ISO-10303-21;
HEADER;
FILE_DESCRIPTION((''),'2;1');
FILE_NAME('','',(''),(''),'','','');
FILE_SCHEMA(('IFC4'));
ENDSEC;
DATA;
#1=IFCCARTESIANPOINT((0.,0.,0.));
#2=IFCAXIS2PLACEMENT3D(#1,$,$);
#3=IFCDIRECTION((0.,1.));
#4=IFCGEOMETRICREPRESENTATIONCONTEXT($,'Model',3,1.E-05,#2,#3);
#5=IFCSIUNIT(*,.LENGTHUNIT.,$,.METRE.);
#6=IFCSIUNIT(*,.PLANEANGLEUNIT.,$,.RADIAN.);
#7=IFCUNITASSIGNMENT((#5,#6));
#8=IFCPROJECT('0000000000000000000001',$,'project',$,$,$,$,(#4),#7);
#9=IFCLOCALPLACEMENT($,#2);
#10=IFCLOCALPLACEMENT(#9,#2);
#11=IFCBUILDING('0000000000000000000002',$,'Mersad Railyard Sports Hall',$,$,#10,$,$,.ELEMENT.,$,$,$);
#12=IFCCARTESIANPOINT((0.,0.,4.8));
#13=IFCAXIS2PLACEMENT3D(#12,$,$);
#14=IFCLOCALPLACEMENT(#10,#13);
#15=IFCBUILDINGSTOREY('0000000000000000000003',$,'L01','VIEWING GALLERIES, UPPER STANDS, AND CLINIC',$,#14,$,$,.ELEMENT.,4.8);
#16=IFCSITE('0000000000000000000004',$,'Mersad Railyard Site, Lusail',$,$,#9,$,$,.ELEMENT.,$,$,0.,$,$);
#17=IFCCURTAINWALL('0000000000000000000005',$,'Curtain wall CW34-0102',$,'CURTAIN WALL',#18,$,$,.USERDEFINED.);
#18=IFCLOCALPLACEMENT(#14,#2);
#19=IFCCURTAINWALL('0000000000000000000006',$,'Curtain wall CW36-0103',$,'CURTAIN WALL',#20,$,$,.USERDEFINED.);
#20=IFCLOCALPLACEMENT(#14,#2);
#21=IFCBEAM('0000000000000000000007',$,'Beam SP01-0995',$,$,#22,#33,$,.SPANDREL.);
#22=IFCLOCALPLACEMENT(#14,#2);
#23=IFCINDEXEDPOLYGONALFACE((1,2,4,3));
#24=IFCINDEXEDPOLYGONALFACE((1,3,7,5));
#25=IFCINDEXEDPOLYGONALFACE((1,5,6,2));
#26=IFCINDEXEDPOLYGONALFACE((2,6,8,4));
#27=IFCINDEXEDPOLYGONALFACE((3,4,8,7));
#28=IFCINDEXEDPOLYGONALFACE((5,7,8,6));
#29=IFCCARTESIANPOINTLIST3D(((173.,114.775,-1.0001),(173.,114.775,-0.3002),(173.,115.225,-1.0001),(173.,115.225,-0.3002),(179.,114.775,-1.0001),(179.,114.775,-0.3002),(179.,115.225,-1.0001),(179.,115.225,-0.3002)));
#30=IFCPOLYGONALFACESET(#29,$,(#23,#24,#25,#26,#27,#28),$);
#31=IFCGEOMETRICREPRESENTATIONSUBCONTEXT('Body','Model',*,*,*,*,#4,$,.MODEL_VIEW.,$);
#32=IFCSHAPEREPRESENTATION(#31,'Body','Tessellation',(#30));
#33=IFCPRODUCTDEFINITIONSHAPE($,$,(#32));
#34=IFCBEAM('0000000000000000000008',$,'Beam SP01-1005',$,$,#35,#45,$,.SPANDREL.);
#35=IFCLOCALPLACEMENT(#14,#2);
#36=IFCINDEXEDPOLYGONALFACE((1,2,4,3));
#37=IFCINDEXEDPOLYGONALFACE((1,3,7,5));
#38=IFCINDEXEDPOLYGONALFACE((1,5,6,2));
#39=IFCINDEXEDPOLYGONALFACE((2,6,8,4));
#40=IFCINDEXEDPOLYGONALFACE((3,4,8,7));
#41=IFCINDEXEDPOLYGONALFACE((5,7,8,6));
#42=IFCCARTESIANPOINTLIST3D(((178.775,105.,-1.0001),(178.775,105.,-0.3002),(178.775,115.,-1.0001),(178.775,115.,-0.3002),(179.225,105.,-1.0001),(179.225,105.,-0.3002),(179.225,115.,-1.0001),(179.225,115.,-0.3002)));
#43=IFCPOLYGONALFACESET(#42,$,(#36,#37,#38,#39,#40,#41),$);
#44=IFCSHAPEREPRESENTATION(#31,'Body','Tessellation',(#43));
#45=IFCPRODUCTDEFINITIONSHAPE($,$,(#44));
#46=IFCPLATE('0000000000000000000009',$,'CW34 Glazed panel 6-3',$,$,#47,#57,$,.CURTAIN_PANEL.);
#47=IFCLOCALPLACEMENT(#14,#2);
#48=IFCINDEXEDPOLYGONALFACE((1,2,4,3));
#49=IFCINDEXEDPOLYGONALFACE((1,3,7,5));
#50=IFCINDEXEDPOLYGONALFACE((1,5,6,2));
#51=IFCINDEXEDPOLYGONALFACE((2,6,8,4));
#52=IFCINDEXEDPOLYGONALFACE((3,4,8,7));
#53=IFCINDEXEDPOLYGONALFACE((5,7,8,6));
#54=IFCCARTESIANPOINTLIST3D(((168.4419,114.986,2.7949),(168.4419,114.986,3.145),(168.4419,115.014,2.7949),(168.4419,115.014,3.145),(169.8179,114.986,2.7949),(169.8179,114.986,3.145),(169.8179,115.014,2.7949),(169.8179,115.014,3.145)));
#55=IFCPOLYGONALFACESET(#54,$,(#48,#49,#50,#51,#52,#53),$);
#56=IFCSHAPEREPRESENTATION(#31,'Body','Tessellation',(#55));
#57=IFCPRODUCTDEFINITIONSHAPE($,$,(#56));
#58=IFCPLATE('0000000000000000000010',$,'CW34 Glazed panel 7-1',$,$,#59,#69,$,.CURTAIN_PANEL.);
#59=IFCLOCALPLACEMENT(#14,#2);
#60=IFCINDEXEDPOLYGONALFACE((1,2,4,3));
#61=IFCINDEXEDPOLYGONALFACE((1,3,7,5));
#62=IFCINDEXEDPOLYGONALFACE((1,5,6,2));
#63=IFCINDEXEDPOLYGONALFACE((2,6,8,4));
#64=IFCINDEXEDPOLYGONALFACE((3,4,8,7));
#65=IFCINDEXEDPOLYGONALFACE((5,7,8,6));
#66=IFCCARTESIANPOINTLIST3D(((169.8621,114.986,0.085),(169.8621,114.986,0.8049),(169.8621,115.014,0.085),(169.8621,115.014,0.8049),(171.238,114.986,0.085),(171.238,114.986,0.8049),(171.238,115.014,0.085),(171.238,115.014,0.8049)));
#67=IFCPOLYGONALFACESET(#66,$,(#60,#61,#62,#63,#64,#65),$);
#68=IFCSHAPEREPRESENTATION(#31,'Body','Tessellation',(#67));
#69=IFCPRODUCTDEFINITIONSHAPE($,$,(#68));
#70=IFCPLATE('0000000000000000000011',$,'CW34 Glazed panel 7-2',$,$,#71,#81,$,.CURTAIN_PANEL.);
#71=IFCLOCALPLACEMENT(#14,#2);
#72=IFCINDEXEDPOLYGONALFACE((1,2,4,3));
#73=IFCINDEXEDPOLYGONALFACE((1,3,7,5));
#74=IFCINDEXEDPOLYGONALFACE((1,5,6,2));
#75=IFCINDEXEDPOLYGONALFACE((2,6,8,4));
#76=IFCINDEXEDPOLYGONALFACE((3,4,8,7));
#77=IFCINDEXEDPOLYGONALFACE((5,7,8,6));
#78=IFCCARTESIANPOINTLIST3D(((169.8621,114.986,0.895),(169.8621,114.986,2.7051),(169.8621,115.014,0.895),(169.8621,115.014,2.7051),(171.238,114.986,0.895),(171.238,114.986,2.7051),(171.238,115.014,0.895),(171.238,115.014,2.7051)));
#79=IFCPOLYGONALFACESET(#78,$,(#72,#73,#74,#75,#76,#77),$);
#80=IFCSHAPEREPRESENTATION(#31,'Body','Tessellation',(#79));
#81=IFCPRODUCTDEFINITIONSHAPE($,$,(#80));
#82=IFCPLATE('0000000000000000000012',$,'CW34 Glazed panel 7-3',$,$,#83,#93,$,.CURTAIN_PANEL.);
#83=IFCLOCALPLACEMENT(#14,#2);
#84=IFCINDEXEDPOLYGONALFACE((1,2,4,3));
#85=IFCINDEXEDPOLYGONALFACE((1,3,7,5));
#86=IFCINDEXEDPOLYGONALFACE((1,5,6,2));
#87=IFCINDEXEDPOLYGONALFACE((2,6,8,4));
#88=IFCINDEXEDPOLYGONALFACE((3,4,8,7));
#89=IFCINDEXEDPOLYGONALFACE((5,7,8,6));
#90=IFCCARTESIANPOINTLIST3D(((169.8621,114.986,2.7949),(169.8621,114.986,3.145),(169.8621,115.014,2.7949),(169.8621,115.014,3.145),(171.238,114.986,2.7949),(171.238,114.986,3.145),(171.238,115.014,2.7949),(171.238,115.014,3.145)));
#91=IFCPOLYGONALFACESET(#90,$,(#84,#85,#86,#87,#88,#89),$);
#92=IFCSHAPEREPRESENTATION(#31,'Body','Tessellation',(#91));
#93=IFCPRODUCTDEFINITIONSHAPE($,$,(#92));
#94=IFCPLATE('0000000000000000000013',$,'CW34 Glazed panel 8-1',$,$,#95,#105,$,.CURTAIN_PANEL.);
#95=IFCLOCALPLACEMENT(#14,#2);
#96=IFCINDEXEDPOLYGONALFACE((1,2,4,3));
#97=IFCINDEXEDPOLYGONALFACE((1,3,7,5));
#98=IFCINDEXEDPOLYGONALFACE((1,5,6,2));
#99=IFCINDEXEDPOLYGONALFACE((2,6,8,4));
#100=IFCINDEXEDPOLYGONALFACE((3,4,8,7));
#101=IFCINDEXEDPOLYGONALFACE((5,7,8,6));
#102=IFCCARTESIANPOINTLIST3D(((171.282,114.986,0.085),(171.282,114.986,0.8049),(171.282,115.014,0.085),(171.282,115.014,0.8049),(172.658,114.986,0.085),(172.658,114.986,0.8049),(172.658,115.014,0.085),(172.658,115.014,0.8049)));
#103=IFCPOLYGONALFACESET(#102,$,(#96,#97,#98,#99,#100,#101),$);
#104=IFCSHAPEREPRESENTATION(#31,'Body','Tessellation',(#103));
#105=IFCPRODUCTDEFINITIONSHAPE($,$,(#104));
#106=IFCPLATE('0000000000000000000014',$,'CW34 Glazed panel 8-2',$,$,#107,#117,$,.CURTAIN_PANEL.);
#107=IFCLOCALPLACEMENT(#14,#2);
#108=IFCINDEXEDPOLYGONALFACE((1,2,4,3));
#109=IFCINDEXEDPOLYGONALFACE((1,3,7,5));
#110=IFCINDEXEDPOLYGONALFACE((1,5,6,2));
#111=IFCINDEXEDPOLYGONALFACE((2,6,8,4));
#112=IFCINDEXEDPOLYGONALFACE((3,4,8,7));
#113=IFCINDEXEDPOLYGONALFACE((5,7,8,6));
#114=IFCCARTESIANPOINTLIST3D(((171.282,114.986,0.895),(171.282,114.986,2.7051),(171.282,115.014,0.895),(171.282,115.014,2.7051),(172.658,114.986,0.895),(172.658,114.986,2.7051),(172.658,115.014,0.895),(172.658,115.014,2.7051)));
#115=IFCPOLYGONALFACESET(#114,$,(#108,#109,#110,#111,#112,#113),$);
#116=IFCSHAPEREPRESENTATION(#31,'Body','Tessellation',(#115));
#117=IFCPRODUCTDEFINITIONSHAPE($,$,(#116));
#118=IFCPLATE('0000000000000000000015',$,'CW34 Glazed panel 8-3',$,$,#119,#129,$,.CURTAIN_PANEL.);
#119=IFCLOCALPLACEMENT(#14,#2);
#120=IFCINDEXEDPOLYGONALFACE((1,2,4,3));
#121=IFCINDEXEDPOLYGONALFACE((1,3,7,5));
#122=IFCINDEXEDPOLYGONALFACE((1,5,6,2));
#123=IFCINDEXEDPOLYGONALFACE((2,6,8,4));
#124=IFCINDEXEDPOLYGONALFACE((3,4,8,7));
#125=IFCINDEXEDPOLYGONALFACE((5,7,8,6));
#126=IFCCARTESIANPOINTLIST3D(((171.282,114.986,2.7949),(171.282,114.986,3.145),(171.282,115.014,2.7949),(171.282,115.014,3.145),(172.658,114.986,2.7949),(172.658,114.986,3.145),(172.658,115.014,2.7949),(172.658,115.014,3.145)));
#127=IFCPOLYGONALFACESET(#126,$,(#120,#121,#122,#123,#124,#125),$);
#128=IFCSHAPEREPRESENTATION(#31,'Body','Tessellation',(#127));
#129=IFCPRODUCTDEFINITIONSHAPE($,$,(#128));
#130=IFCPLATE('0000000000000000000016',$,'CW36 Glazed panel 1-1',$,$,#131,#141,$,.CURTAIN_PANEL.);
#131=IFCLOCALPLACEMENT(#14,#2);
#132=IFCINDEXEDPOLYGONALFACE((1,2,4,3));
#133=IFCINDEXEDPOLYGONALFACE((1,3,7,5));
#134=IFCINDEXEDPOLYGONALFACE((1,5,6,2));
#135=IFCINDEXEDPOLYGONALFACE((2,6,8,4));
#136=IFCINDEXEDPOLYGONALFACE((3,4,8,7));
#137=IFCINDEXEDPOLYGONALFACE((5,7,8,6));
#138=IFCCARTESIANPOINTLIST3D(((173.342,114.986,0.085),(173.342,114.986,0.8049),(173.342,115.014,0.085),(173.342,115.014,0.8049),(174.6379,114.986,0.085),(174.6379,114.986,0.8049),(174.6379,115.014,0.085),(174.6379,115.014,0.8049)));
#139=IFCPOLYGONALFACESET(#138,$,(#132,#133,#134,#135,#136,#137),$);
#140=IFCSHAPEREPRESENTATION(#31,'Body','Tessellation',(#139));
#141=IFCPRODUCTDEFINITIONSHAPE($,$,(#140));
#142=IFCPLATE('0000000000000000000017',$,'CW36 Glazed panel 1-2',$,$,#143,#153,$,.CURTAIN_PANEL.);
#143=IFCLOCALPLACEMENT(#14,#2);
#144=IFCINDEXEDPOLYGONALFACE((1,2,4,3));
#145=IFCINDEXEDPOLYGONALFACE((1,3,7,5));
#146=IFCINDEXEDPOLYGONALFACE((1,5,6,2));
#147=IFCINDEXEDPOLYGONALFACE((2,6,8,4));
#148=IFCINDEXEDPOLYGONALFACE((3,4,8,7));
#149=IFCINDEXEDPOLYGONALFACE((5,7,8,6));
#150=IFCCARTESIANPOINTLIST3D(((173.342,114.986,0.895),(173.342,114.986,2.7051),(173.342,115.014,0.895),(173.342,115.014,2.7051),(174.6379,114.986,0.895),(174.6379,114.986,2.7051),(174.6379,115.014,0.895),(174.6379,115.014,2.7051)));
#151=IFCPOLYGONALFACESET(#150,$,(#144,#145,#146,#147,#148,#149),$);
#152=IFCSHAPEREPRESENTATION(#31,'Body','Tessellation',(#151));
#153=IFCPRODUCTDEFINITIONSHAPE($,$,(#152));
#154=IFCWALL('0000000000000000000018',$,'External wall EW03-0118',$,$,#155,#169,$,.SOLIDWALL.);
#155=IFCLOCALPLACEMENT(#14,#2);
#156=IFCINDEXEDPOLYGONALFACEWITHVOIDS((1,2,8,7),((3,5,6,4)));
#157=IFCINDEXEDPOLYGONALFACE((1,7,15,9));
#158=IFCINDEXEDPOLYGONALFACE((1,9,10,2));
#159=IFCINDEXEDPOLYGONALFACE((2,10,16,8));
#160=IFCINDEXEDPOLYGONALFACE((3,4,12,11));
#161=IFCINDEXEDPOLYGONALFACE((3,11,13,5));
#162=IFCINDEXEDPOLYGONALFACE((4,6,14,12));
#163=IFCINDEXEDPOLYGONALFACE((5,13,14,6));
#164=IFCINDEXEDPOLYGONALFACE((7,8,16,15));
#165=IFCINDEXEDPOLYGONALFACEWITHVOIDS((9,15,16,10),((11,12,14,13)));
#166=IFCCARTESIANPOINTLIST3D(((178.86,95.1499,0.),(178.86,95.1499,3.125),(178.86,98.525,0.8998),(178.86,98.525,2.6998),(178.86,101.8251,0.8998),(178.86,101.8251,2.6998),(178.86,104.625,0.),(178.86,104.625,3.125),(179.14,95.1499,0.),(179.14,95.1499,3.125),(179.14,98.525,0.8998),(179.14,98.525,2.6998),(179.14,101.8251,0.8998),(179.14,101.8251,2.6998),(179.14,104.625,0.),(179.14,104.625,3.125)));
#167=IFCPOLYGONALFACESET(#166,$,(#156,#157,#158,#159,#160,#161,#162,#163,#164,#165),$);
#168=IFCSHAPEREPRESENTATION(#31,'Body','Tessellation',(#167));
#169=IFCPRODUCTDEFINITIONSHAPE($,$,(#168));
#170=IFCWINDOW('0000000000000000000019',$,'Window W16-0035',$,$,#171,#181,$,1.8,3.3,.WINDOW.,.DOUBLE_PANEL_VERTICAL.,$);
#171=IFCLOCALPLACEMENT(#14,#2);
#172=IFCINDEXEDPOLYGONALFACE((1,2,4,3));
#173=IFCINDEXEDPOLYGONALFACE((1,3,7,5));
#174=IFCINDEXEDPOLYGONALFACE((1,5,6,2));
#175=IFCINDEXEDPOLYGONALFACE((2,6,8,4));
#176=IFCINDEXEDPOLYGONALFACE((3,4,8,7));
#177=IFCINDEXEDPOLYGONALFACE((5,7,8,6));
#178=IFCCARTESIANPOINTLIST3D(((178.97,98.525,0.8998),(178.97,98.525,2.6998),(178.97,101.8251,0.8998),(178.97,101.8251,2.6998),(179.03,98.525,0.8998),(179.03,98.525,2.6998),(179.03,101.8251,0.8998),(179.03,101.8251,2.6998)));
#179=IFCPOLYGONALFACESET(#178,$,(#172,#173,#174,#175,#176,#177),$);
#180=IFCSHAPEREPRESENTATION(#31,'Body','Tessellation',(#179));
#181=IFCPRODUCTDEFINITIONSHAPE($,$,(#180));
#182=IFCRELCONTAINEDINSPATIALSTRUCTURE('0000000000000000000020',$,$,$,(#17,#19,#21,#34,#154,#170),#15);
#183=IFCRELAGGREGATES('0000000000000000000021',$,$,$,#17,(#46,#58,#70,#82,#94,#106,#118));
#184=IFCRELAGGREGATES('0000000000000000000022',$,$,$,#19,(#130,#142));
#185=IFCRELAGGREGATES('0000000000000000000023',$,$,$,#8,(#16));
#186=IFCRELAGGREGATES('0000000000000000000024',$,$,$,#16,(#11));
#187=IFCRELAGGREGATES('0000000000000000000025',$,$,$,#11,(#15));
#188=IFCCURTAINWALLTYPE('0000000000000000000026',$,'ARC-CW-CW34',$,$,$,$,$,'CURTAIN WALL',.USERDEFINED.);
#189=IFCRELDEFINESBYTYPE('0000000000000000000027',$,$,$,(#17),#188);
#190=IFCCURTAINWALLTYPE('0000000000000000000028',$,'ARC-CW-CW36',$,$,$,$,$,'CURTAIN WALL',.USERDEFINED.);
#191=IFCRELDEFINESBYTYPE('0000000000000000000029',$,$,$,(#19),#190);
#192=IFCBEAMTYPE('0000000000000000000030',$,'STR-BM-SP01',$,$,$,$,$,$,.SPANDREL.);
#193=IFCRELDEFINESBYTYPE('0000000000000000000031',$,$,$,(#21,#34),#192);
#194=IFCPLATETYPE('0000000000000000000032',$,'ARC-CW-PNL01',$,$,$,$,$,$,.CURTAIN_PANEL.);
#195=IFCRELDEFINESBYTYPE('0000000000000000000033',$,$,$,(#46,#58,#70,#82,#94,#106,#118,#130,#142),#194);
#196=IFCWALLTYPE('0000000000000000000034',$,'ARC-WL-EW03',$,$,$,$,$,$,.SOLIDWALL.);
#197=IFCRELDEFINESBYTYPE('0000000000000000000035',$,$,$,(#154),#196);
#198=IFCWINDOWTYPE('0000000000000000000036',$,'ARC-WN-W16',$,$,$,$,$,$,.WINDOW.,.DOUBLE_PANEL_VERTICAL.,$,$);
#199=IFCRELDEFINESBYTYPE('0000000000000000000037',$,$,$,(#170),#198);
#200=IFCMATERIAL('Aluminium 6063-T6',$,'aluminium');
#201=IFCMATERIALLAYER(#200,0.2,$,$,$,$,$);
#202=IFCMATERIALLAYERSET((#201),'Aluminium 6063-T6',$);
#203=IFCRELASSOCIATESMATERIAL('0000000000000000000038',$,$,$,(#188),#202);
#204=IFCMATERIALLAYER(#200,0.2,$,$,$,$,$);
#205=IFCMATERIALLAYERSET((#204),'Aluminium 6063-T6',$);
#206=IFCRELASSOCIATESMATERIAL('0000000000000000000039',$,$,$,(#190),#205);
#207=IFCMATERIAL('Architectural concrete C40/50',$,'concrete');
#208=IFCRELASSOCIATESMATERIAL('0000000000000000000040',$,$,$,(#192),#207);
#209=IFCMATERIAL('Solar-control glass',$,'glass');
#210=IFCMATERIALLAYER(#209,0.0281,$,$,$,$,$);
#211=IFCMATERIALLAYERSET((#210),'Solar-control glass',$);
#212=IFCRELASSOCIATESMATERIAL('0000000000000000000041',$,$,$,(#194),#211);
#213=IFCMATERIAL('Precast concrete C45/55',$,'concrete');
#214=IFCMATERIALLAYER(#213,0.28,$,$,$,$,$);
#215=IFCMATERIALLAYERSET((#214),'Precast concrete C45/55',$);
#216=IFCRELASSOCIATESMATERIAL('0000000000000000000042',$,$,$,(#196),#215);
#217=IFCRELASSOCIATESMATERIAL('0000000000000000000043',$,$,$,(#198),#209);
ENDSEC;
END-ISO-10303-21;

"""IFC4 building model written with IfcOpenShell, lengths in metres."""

from ifc_helpers import new_model, si_unit, direction, frame, frame_2d, origin, origin_2d, place, context, subcontext, project, spatial, rectangle, extrude, material, layer, layer_set, material_profile, profile_set, type_object, element, fill, aggregate, save


model = new_model("IFC4")

# Units and contexts
model_context = context("Model", 3, precision=1e-05, world=origin(), true_north=direction((0.0, 1.0)))
body_context = subcontext(model_context, "Body", "Model", "MODEL_VIEW")
ifc_project = project(units=[si_unit("LENGTHUNIT", "METRE"), si_unit("PLANEANGLEUNIT", "RADIAN")], contexts=[model_context])

# Site, building, storey
site_placement = place(None, origin())
site = spatial("IfcSite", under=ifc_project, at=site_placement, Name="Mersad Railyard Site, Lusail", CompositionType="ELEMENT", RefElevation=0.0)
building_placement = place(site_placement, origin())
building = spatial("IfcBuilding", under=site, at=building_placement, Name="Mersad Railyard Sports Hall", CompositionType="ELEMENT")
storey_placement = place(building_placement, frame((0.0, 0.0, 4.8)))
storey = spatial("IfcBuildingStorey", under=building, at=storey_placement, Name="L01", Description="VIEWING GALLERIES, UPPER STANDS, AND CLINIC", CompositionType="ELEMENT", Elevation=4.8)

# Curtain wall
ifc_material_1 = material(Name="Aluminium 6063-T6", Category="aluminium")
ifc_layer_1 = layer(ifc_material_1, 0.2)
ifc_layer_set_1 = layer_set([ifc_layer_1], Name="Aluminium 6063-T6")
curtain_wall_type_1 = type_object("IfcCurtainWallType", Name="ARC-CW-CW34", ElementType="CURTAIN WALL", PredefinedType="USERDEFINED", material=ifc_layer_set_1)
curtain_wall_1_placement = place(storey_placement, origin())
curtain_wall_1 = element("IfcCurtainWall", 1, at=curtain_wall_1_placement, inside=storey, type_object=curtain_wall_type_1, Name="Curtain wall CW34-0102", ObjectType="CURTAIN WALL", PredefinedType="USERDEFINED")

# Curtain wall
ifc_layer_2 = layer(ifc_material_1, 0.2)
ifc_layer_set_2 = layer_set([ifc_layer_2], Name="Aluminium 6063-T6")
curtain_wall_type_2 = type_object("IfcCurtainWallType", Name="ARC-CW-CW36", ElementType="CURTAIN WALL", PredefinedType="USERDEFINED", material=ifc_layer_set_2)
curtain_wall_2_placement = place(storey_placement, origin())
curtain_wall_2 = element("IfcCurtainWall", 2, at=curtain_wall_2_placement, inside=storey, type_object=curtain_wall_type_2, Name="Curtain wall CW36-0103", ObjectType="CURTAIN WALL", PredefinedType="USERDEFINED")

# Beams
ifc_material_2 = material(Name="Architectural concrete C40/50", Category="concrete")
ifc_material_profile_1 = material_profile(ifc_material_2, rectangle(XDim=0.45, YDim=0.7, at=origin_2d()), Name="RC 450x700")
ifc_profile_set_1 = profile_set([ifc_material_profile_1], Name="Architectural concrete C40/50")
beam_type_1 = type_object("IfcBeamType", Name="STR-BM-SP01", PredefinedType="SPANDREL", material=ifc_profile_set_1)
beam_1_placement = place(storey_placement, frame((173.0, 115.0, -0.6501), z_axis=(1.0, 0.0, 0.0), x_axis=(0.0, 1.0, 0.0)))
element("IfcBeam", 3, at=beam_1_placement, inside=storey, type_object=beam_type_1, Name="Beam SP01-0995", PredefinedType="SPANDREL", context=body_context, shape_type="SweptSolid", body=[
    extrude(rectangle(XDim=0.45, YDim=0.7, at=origin_2d()), origin(), (0.0, 0.0, 1.0), 6.0),
])
beam_2_placement = place(storey_placement, frame((179.0, 105.0, -0.6501), z_axis=(0.0, 1.0, 0.0), x_axis=(-1.0, 0.0, 0.0)))
element("IfcBeam", 4, at=beam_2_placement, inside=storey, type_object=beam_type_1, Name="Beam SP01-1005", PredefinedType="SPANDREL", context=body_context, shape_type="SweptSolid", body=[
    extrude(rectangle(XDim=0.45, YDim=0.7, at=origin_2d()), origin(), (0.0, 0.0, 1.0), 10.0),
])

# Plates
ifc_material_3 = material(Name="Solar-control glass", Category="glass")
ifc_layer_3 = layer(ifc_material_3, 0.0281)
ifc_layer_set_3 = layer_set([ifc_layer_3], Name="Solar-control glass")
plate_type = type_object("IfcPlateType", Name="ARC-CW-PNL01", PredefinedType="CURTAIN_PANEL", material=ifc_layer_set_3)
plate_1_placement = place(storey_placement, frame((169.1299, 115.0, 2.7949), z_axis=(0.0, 0.0, 1.0), x_axis=(1.0, 0.0, 0.0)))
plate_1 = element("IfcPlate", 5, at=plate_1_placement, type_object=plate_type, Name="CW34 Glazed panel 6-3", PredefinedType="CURTAIN_PANEL", context=body_context, shape_type="SweptSolid", body=[
    extrude(rectangle(XDim=1.376, YDim=0.0281, at=origin_2d()), origin(), (0.0, 0.0, 1.0), 0.3501),
])
plate_2_placement = place(storey_placement, frame((170.55, 115.0, 0.085), z_axis=(0.0, 0.0, 1.0), x_axis=(1.0, 0.0, 0.0)))
plate_2 = element("IfcPlate", 6, at=plate_2_placement, type_object=plate_type, Name="CW34 Glazed panel 7-1", PredefinedType="CURTAIN_PANEL", context=body_context, shape_type="SweptSolid", body=[
    extrude(rectangle(XDim=1.376, YDim=0.0281, at=origin_2d()), origin(), (0.0, 0.0, 1.0), 0.72),
])
plate_3_placement = place(storey_placement, frame((170.55, 115.0, 0.895), z_axis=(0.0, 0.0, 1.0), x_axis=(1.0, 0.0, 0.0)))
plate_3 = element("IfcPlate", 7, at=plate_3_placement, type_object=plate_type, Name="CW34 Glazed panel 7-2", PredefinedType="CURTAIN_PANEL", context=body_context, shape_type="SweptSolid", body=[
    extrude(rectangle(XDim=1.376, YDim=0.0281, at=origin_2d()), origin(), (0.0, 0.0, 1.0), 1.8101),
])
plate_4_placement = place(storey_placement, frame((170.55, 115.0, 2.7949), z_axis=(0.0, 0.0, 1.0), x_axis=(1.0, 0.0, 0.0)))
plate_4 = element("IfcPlate", 8, at=plate_4_placement, type_object=plate_type, Name="CW34 Glazed panel 7-3", PredefinedType="CURTAIN_PANEL", context=body_context, shape_type="SweptSolid", body=[
    extrude(rectangle(XDim=1.376, YDim=0.0281, at=origin_2d()), origin(), (0.0, 0.0, 1.0), 0.3501),
])
plate_5_placement = place(storey_placement, frame((171.97, 115.0, 0.085), z_axis=(0.0, 0.0, 1.0), x_axis=(1.0, 0.0, 0.0)))
plate_5 = element("IfcPlate", 9, at=plate_5_placement, type_object=plate_type, Name="CW34 Glazed panel 8-1", PredefinedType="CURTAIN_PANEL", context=body_context, shape_type="SweptSolid", body=[
    extrude(rectangle(XDim=1.376, YDim=0.0281, at=origin_2d()), origin(), (0.0, 0.0, 1.0), 0.72),
])
plate_6_placement = place(storey_placement, frame((171.97, 115.0, 0.895), z_axis=(0.0, 0.0, 1.0), x_axis=(1.0, 0.0, 0.0)))
plate_6 = element("IfcPlate", 10, at=plate_6_placement, type_object=plate_type, Name="CW34 Glazed panel 8-2", PredefinedType="CURTAIN_PANEL", context=body_context, shape_type="SweptSolid", body=[
    extrude(rectangle(XDim=1.376, YDim=0.0281, at=origin_2d()), origin(), (0.0, 0.0, 1.0), 1.8101),
])
plate_7_placement = place(storey_placement, frame((171.97, 115.0, 2.7949), z_axis=(0.0, 0.0, 1.0), x_axis=(1.0, 0.0, 0.0)))
plate_7 = element("IfcPlate", 11, at=plate_7_placement, type_object=plate_type, Name="CW34 Glazed panel 8-3", PredefinedType="CURTAIN_PANEL", context=body_context, shape_type="SweptSolid", body=[
    extrude(rectangle(XDim=1.376, YDim=0.0281, at=origin_2d()), origin(), (0.0, 0.0, 1.0), 0.3501),
])
aggregate(curtain_wall_1, [plate_1, plate_2, plate_3, plate_4, plate_5, plate_6, plate_7])
plate_8_placement = place(storey_placement, frame((173.99, 115.0, 0.085), z_axis=(0.0, 0.0, 1.0), x_axis=(1.0, 0.0, 0.0)))
plate_8 = element("IfcPlate", 12, at=plate_8_placement, type_object=plate_type, Name="CW36 Glazed panel 1-1", PredefinedType="CURTAIN_PANEL", context=body_context, shape_type="SweptSolid", body=[
    extrude(rectangle(XDim=1.2959, YDim=0.0281, at=origin_2d()), origin(), (0.0, 0.0, 1.0), 0.72),
])
plate_9_placement = place(storey_placement, frame((173.99, 115.0, 0.895), z_axis=(0.0, 0.0, 1.0), x_axis=(1.0, 0.0, 0.0)))
plate_9 = element("IfcPlate", 13, at=plate_9_placement, type_object=plate_type, Name="CW36 Glazed panel 1-2", PredefinedType="CURTAIN_PANEL", context=body_context, shape_type="SweptSolid", body=[
    extrude(rectangle(XDim=1.2959, YDim=0.0281, at=origin_2d()), origin(), (0.0, 0.0, 1.0), 1.8101),
])
aggregate(curtain_wall_2, [plate_8, plate_9])

# Wall, opening, window
ifc_material_4 = material(Name="Precast concrete C45/55", Category="concrete")
ifc_layer_4 = layer(ifc_material_4, 0.28)
ifc_layer_set_4 = layer_set([ifc_layer_4], Name="Precast concrete C45/55")
wall_type = type_object("IfcWallType", Name="ARC-WL-EW03", PredefinedType="SOLIDWALL", material=ifc_layer_set_4)
wall_1_placement = place(storey_placement, frame((179.0, 104.625, 0.0), z_axis=(0.0, 0.0, 1.0), x_axis=(0.0, -1.0, 0.0)))
wall_1 = element("IfcWall", 14, at=wall_1_placement, inside=storey, type_object=wall_type, Name="External wall EW03-0118", PredefinedType="SOLIDWALL", context=body_context, shape_type="SweptSolid", body=[
    extrude(rectangle(XDim=9.4751, YDim=0.28, at=frame_2d((4.7375, 0.0))), origin(), (0.0, 0.0, 1.0), 3.125),
])
opening_1_placement = place(wall_1_placement, frame((2.8, 0.0, 0.8999)))
opening_1 = element("IfcOpeningElement", 15, at=opening_1_placement, cuts=wall_1, PredefinedType="OPENING", context=body_context, shape_type="SweptSolid", body=[
    extrude(rectangle(XDim=3.3, YDim=1.8, at=frame_2d((1.6499, 0.8999))), frame((0.0, 0.1499, 0.0), z_axis=(0.0, -1.0, 0.0), x_axis=(1.0, 0.0, 0.0)), (0.0, 0.0, 1.0), 0.3),
])
window_type_1 = type_object("IfcWindowType", Name="ARC-WN-W16", PartitioningType="DOUBLE_PANEL_VERTICAL", PredefinedType="WINDOW", material=ifc_material_3)
window_1_placement = place(opening_1_placement, origin())
window_1 = element("IfcWindow", 16, at=window_1_placement, inside=storey, type_object=window_type_1, Name="Window W16-0035", OverallHeight=1.8, OverallWidth=3.3, PartitioningType="DOUBLE_PANEL_VERTICAL", PredefinedType="WINDOW", context=body_context, shape_type="SweptSolid", body=[
    extrude(rectangle(XDim=3.3, YDim=1.8, at=frame_2d((1.6499, 0.8999))), frame((0.0, 0.03, 0.0), z_axis=(0.0, -1.0, 0.0), x_axis=(1.0, 0.0, 0.0)), (0.0, 0.0, 1.0), 0.0601),
])
fill(opening_1, window_1)

save(model, "model.ifc")
